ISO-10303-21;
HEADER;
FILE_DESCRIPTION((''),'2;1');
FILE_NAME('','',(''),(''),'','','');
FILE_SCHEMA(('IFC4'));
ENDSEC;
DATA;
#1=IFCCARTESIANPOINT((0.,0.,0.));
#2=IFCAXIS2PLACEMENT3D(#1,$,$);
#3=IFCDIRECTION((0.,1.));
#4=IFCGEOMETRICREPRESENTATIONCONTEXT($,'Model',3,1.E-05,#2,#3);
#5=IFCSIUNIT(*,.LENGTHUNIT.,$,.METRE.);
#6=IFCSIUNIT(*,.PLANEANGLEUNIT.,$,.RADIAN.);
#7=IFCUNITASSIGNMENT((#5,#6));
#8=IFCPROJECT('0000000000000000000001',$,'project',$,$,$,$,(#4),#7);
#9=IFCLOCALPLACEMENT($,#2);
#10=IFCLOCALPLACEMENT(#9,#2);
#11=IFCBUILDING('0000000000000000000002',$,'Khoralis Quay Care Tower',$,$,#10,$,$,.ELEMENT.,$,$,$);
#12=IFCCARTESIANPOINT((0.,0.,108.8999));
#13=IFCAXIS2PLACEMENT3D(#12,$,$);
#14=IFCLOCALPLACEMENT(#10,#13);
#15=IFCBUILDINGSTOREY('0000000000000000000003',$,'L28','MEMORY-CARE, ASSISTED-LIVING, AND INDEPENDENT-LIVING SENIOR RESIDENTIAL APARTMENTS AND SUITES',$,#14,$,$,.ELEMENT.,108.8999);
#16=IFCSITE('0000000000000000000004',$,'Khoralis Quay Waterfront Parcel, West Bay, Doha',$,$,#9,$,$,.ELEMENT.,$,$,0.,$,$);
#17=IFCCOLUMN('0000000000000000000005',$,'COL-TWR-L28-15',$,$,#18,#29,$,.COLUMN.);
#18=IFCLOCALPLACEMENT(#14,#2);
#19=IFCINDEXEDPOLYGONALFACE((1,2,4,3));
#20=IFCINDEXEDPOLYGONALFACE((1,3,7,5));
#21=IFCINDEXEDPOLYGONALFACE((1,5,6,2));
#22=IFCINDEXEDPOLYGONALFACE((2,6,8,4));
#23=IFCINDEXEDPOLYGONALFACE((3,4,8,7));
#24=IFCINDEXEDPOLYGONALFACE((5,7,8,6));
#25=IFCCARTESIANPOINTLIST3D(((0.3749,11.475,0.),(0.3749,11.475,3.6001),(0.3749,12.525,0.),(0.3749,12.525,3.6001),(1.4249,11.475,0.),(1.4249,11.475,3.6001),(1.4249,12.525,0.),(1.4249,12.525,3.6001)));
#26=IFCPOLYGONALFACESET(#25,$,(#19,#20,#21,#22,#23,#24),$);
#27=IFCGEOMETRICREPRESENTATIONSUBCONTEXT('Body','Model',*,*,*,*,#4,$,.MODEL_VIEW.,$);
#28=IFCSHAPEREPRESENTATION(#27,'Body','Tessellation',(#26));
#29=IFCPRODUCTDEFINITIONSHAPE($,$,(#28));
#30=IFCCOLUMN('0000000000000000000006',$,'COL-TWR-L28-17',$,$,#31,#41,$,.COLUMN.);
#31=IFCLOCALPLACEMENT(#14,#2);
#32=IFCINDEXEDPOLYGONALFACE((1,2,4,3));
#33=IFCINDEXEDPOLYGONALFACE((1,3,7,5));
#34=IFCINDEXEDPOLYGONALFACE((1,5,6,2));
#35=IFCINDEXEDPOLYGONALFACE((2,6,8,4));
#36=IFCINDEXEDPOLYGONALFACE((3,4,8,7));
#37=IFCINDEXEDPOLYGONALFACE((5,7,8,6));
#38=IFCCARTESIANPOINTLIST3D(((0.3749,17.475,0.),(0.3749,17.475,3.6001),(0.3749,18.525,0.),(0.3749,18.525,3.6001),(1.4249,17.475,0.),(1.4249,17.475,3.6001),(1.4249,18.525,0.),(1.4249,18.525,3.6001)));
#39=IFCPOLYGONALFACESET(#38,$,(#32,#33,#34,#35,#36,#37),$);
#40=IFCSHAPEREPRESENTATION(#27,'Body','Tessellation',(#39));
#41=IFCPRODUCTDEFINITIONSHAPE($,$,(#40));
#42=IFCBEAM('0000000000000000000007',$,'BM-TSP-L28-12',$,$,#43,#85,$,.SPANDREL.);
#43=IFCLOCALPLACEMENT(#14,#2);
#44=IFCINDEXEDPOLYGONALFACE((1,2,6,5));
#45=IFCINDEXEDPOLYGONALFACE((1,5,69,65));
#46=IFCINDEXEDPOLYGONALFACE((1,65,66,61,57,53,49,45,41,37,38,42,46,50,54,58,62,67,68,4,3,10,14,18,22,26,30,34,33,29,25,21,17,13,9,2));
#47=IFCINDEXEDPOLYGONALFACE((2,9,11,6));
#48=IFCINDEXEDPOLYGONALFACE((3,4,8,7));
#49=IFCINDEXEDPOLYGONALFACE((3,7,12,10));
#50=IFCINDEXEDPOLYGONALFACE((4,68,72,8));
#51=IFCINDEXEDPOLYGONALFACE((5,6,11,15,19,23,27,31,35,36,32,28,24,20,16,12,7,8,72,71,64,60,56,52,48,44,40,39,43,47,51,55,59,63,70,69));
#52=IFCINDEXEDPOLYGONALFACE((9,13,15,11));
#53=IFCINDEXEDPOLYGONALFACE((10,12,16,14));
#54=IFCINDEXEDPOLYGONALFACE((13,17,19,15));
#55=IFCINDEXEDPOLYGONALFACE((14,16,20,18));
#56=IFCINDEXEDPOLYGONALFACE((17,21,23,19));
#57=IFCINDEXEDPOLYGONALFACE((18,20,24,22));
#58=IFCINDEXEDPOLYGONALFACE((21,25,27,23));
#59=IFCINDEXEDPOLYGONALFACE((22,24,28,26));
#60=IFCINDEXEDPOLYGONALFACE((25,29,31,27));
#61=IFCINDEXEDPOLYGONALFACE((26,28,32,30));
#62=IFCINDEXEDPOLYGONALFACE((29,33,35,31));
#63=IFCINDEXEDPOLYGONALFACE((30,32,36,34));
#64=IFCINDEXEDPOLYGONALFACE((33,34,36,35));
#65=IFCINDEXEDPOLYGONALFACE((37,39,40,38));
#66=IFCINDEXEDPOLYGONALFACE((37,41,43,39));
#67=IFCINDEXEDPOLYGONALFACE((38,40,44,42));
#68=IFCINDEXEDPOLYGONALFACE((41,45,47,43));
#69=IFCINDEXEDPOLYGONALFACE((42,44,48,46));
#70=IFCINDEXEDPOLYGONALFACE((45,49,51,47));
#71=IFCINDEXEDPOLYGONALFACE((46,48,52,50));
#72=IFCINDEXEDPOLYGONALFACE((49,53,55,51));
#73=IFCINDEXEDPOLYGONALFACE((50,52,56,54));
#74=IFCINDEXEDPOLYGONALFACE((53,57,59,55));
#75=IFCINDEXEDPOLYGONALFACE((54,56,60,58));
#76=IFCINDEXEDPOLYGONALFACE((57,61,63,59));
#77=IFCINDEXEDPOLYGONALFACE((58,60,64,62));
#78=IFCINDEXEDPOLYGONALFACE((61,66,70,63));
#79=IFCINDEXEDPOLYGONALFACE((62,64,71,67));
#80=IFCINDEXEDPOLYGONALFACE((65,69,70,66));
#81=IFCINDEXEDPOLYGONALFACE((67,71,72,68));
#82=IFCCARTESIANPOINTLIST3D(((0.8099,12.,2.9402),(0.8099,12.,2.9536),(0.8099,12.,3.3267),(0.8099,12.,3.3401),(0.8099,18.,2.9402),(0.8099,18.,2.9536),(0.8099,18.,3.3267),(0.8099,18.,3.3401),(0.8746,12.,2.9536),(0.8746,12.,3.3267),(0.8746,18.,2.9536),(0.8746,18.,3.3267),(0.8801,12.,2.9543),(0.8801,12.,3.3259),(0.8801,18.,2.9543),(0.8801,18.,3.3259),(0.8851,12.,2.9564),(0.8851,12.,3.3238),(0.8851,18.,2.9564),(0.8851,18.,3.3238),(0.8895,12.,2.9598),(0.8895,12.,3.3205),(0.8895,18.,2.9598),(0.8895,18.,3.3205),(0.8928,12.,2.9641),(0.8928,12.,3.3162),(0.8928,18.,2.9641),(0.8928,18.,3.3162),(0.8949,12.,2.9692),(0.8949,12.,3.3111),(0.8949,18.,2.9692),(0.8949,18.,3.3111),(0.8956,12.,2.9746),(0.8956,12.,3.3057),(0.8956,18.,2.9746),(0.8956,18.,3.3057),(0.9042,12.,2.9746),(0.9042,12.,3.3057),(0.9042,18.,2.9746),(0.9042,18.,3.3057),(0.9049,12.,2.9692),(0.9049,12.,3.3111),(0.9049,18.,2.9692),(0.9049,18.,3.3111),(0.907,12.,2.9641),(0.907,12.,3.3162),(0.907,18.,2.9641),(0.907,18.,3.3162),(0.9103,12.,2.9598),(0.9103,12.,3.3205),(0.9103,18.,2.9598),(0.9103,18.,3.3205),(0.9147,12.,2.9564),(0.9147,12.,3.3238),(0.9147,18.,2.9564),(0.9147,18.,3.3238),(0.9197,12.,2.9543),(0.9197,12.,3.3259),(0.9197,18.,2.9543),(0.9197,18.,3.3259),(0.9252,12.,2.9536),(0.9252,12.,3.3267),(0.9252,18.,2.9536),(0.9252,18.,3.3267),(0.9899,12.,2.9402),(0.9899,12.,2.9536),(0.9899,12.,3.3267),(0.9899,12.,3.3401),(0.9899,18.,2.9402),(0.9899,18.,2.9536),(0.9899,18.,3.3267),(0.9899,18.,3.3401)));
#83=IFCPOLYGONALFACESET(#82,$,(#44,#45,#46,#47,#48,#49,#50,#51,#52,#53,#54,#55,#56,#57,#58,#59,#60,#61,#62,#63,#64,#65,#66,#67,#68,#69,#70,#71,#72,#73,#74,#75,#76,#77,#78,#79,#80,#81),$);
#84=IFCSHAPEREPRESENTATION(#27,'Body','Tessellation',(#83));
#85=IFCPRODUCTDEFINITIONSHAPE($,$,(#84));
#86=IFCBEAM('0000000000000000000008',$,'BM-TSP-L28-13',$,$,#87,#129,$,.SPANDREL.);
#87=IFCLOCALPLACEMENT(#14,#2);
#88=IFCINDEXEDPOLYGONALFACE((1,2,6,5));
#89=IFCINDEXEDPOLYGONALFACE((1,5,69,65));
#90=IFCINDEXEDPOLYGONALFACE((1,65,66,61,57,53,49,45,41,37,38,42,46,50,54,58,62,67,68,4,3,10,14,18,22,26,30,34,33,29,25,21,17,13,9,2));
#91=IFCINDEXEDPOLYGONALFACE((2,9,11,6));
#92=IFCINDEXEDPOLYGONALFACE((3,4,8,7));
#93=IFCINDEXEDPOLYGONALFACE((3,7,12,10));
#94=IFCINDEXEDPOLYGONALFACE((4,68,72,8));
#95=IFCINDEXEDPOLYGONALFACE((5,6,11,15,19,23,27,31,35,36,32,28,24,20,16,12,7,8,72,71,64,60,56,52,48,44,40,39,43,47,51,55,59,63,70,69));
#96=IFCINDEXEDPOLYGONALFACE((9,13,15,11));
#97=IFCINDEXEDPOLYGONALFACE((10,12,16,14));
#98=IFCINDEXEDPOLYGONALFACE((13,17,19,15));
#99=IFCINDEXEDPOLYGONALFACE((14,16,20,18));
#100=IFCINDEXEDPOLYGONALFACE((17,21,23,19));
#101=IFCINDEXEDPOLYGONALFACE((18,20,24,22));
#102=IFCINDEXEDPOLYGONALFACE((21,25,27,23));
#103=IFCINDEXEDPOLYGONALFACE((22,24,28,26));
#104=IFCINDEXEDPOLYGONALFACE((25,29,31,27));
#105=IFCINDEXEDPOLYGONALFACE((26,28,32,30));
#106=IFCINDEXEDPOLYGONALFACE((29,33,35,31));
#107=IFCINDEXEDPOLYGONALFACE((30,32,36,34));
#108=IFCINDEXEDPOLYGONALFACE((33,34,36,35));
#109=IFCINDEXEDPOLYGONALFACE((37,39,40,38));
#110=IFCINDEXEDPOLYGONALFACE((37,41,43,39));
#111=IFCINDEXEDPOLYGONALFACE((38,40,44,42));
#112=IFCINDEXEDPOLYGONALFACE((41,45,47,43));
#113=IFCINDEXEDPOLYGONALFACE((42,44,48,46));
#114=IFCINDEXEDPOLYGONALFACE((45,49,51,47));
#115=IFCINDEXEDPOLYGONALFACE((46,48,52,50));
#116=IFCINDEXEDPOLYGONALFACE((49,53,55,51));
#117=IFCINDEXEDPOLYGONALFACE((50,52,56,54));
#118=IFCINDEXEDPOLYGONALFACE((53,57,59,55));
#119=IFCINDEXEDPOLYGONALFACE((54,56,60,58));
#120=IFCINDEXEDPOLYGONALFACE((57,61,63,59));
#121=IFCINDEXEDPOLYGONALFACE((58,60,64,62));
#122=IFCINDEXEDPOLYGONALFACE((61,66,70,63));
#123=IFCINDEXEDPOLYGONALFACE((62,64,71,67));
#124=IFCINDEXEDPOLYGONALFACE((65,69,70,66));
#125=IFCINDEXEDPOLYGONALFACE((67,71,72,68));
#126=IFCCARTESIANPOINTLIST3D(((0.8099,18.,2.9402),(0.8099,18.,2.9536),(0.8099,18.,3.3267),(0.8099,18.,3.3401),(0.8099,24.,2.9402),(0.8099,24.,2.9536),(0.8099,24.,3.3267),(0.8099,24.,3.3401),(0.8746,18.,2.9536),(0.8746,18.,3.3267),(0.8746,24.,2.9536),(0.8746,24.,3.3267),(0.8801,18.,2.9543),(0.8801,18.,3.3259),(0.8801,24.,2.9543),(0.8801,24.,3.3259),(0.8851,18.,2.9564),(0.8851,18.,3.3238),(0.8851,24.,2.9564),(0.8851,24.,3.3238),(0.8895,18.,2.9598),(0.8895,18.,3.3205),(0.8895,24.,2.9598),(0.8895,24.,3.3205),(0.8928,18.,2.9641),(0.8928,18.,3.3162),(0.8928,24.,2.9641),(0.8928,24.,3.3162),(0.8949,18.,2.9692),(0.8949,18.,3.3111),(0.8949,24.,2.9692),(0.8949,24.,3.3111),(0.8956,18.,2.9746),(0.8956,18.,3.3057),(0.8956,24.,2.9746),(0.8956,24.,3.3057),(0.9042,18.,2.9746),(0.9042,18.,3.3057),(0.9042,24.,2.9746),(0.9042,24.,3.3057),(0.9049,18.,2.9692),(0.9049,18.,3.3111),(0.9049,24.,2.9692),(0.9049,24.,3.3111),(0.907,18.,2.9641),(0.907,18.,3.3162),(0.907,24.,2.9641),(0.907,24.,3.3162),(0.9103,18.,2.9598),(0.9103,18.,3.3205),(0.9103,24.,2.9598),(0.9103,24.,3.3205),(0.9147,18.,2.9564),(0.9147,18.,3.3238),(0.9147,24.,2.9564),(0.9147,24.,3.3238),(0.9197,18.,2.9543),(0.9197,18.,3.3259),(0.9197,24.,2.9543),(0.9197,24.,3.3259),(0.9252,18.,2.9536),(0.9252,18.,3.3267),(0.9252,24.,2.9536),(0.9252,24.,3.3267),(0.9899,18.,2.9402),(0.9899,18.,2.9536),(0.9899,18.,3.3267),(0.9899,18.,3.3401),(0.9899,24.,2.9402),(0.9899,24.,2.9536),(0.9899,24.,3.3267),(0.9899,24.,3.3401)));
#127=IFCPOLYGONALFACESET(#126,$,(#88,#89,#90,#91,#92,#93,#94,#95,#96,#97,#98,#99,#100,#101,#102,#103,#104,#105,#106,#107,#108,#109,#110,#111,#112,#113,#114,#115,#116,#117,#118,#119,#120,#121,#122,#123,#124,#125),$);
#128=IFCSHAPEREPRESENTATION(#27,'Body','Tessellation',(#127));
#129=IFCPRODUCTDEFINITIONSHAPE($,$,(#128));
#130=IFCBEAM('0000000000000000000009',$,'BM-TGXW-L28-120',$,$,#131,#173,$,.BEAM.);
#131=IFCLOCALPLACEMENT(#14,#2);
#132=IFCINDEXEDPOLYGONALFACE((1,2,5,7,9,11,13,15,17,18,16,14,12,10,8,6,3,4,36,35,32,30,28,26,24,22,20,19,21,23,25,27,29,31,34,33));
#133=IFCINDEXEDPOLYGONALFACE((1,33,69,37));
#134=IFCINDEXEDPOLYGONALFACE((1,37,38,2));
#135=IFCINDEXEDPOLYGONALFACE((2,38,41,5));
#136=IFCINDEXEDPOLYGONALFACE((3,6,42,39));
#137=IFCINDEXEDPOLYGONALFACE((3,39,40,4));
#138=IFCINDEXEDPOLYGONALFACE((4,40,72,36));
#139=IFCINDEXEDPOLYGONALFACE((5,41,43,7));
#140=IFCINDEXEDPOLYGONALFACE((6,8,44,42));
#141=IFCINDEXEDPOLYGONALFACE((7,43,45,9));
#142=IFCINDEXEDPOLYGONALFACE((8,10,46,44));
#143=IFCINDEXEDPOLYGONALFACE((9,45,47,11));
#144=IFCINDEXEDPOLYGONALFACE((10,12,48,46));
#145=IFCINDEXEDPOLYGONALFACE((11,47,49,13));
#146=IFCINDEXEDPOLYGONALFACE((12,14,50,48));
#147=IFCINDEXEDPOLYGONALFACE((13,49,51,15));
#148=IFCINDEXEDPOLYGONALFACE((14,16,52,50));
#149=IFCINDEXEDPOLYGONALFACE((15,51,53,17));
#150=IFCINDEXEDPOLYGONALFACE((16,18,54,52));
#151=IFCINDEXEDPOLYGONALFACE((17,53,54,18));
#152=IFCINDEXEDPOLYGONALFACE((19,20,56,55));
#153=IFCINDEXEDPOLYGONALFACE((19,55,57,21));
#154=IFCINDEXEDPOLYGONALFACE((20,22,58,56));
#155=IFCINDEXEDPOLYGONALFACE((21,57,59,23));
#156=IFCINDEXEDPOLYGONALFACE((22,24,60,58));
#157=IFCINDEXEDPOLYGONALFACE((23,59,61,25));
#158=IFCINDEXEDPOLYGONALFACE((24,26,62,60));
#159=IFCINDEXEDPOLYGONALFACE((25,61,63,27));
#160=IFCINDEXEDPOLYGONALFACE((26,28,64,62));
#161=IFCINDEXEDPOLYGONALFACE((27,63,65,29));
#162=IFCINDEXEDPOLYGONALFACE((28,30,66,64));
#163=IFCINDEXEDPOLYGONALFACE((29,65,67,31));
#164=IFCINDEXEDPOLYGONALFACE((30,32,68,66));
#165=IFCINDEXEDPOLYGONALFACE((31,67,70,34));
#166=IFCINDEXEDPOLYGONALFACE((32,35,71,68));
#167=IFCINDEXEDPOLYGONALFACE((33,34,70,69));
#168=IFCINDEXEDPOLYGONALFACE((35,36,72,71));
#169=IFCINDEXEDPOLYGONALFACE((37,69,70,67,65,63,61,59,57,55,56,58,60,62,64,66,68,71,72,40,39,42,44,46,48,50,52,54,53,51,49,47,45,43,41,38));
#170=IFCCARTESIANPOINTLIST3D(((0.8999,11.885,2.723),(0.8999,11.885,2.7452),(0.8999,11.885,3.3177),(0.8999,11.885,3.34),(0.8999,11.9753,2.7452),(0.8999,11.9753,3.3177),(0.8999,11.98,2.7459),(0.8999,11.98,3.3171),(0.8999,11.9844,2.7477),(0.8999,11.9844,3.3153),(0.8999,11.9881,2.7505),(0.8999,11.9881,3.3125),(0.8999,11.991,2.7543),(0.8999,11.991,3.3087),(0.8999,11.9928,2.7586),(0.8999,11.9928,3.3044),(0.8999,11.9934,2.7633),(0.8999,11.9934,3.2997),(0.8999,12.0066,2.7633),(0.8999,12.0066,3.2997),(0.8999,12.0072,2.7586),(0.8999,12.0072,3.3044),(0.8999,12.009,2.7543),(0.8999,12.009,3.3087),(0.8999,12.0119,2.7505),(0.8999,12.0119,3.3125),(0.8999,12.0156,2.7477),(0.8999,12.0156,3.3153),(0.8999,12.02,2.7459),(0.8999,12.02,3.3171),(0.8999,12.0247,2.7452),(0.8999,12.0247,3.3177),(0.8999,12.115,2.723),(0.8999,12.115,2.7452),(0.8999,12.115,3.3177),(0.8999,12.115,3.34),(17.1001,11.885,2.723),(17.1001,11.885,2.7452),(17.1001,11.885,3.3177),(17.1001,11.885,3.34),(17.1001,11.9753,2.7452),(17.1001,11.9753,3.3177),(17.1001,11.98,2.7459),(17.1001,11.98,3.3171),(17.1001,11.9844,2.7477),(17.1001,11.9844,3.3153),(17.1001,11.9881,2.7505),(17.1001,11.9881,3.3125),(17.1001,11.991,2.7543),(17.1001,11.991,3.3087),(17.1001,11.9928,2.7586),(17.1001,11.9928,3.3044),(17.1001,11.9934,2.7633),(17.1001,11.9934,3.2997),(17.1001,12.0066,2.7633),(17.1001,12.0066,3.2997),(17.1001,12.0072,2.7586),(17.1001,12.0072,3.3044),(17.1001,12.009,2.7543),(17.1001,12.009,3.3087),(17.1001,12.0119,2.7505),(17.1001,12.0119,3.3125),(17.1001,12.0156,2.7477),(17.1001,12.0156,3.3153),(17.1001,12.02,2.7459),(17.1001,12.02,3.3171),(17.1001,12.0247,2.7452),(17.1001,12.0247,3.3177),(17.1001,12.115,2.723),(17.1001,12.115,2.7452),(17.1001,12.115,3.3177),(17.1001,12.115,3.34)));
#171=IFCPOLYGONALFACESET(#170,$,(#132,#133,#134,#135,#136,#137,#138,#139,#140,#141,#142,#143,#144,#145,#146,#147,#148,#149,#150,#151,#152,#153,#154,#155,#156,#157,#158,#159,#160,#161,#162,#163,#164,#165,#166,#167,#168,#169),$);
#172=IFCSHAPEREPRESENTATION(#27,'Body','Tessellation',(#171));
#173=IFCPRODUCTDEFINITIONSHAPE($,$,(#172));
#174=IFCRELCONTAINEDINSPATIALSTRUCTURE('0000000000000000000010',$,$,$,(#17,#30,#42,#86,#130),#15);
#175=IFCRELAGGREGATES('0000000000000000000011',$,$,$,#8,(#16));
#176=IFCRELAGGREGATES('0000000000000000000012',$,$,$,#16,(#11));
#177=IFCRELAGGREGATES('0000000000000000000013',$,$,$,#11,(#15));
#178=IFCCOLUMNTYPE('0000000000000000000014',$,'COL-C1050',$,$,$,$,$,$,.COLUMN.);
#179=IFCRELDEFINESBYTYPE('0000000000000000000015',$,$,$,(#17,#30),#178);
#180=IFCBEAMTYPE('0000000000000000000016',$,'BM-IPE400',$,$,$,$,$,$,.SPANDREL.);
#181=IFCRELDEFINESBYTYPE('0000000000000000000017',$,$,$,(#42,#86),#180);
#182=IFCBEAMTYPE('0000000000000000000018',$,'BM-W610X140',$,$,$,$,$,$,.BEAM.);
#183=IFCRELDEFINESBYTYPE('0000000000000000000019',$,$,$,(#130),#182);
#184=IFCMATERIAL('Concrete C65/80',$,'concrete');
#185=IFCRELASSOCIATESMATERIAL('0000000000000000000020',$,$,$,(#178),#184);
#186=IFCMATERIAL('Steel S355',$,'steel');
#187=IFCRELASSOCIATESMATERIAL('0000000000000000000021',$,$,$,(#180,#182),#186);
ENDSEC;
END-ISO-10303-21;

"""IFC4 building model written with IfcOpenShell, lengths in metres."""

from ifc_helpers import new_model, si_unit, direction, frame, origin, origin_2d, place, context, subcontext, project, spatial, rectangle, i_section, extrude, source, transform, mapped, material, material_profile, profile_set, type_object, element, save


model = new_model("IFC4")

# Units and contexts
model_context = context("Model", 3, precision=1e-05, world=origin(), true_north=direction((0.0, 1.0)))
body_context = subcontext(model_context, "Body", "Model", "MODEL_VIEW")
ifc_project = project(units=[si_unit("LENGTHUNIT", "METRE"), si_unit("PLANEANGLEUNIT", "RADIAN")], contexts=[model_context])

# Site, building, storey
site_placement = place(None, origin())
site = spatial("IfcSite", under=ifc_project, at=site_placement, Name="Khoralis Quay Waterfront Parcel, West Bay, Doha", CompositionType="ELEMENT", RefElevation=0.0)
building_placement = place(site_placement, origin())
building = spatial("IfcBuilding", under=site, at=building_placement, Name="Khoralis Quay Care Tower", CompositionType="ELEMENT")
storey_placement = place(building_placement, frame((0.0, 0.0, 108.8999)))
storey = spatial("IfcBuildingStorey", under=building, at=storey_placement, Name="L28", Description="MEMORY-CARE, ASSISTED-LIVING, AND INDEPENDENT-LIVING SENIOR RESIDENTIAL APARTMENTS AND SUITES", CompositionType="ELEMENT", Elevation=108.8999)

# Columns
ifc_material_1 = material(Name="Concrete C65/80", Category="concrete")
ifc_material_profile_1 = material_profile(ifc_material_1, rectangle(XDim=1.05, YDim=1.05, at=origin_2d()), Name="Concrete C65/80")
ifc_profile_set_1 = profile_set([ifc_material_profile_1], Name="Concrete C65/80")
column_type = type_object("IfcColumnType", Name="COL-C1050", PredefinedType="COLUMN", material=ifc_profile_set_1)
shared_shape_1 = source(origin(), body_context, "Body", "SweptSolid", [
    extrude(rectangle(XDim=1.05, YDim=1.05, at=origin_2d()), origin(), (0.0, 0.0, 1.0), 3.6001),
])
for number, where, z_axis, x_axis, name in (
    (1, (0.8999, 12.0, 0.0), (0.0, 0.0, 1.0), (1.0, 0.0, 0.0), "COL-TWR-L28-15"),
    (2, (0.8999, 18.0, 0.0), (0.0, 0.0, 1.0), (1.0, 0.0, 0.0), "COL-TWR-L28-17"),
):
    element("IfcColumn", number, at=place(storey_placement, frame(where, z_axis=z_axis, x_axis=x_axis)), inside=storey, type_object=column_type, Name=name, PredefinedType="COLUMN", context=body_context, shape_type="MappedRepresentation", body=[
        mapped(shared_shape_1, transform((0.0, 0.0, 0.0), scale=1.0)),
    ])

# Beams
ifc_material_2 = material(Name="Steel S355", Category="steel")
ifc_material_profile_2 = material_profile(ifc_material_2, i_section(OverallWidth=0.1799, OverallDepth=0.3999, WebThickness=0.0085, FlangeThickness=0.0134, FilletRadius=0.021, at=origin_2d()), Name="Steel S355")
ifc_profile_set_2 = profile_set([ifc_material_profile_2], Name="Steel S355")
beam_type_1 = type_object("IfcBeamType", Name="BM-IPE400", PredefinedType="SPANDREL", material=ifc_profile_set_2)
shared_shape_2 = source(origin(), body_context, "Body", "SweptSolid", [
    extrude(i_section(OverallWidth=0.1799, OverallDepth=0.3999, WebThickness=0.0085, FlangeThickness=0.0134, FilletRadius=0.021, at=origin_2d()), origin(), (0.0, 0.0, 1.0), 6.0),
])
for number, where, z_axis, x_axis, name in (
    (3, (0.8999, 12.0, 3.1401), (0.0, 1.0, 0.0), (-1.0, 0.0, 0.0), "BM-TSP-L28-12"),
    (4, (0.8999, 18.0, 3.1401), (0.0, 1.0, 0.0), (-1.0, 0.0, 0.0), "BM-TSP-L28-13"),
):
    element("IfcBeam", number, at=place(storey_placement, frame(where, z_axis=z_axis, x_axis=x_axis)), inside=storey, type_object=beam_type_1, Name=name, PredefinedType="SPANDREL", context=body_context, shape_type="MappedRepresentation", body=[
        mapped(shared_shape_2, transform((0.0, 0.0, 0.0), scale=1.0)),
    ])
ifc_material_profile_3 = material_profile(ifc_material_2, i_section(OverallWidth=0.23, OverallDepth=0.6169, WebThickness=0.0132, FlangeThickness=0.0222, FilletRadius=0.0181, at=origin_2d()), Name="Steel S355")
ifc_profile_set_3 = profile_set([ifc_material_profile_3], Name="Steel S355")
beam_type_2 = type_object("IfcBeamType", Name="BM-W610X140", PredefinedType="BEAM", material=ifc_profile_set_3)
shared_shape_3 = source(origin(), body_context, "Body", "SweptSolid", [
    extrude(i_section(OverallWidth=0.23, OverallDepth=0.6169, WebThickness=0.0132, FlangeThickness=0.0222, FilletRadius=0.0181, at=origin_2d()), origin(), (0.0, 0.0, 1.0), 16.2002),
])
beam_1_placement = place(storey_placement, frame((0.8999, 12.0, 3.0315), z_axis=(1.0, 0.0, 0.0), x_axis=(0.0, 1.0, 0.0)))
element("IfcBeam", 5, at=beam_1_placement, inside=storey, type_object=beam_type_2, Name="BM-TGXW-L28-120", PredefinedType="BEAM", context=body_context, shape_type="MappedRepresentation", body=[
    mapped(shared_shape_3, transform((0.0, 0.0, 0.0), scale=1.0)),
])

save(model, "model.ifc")
